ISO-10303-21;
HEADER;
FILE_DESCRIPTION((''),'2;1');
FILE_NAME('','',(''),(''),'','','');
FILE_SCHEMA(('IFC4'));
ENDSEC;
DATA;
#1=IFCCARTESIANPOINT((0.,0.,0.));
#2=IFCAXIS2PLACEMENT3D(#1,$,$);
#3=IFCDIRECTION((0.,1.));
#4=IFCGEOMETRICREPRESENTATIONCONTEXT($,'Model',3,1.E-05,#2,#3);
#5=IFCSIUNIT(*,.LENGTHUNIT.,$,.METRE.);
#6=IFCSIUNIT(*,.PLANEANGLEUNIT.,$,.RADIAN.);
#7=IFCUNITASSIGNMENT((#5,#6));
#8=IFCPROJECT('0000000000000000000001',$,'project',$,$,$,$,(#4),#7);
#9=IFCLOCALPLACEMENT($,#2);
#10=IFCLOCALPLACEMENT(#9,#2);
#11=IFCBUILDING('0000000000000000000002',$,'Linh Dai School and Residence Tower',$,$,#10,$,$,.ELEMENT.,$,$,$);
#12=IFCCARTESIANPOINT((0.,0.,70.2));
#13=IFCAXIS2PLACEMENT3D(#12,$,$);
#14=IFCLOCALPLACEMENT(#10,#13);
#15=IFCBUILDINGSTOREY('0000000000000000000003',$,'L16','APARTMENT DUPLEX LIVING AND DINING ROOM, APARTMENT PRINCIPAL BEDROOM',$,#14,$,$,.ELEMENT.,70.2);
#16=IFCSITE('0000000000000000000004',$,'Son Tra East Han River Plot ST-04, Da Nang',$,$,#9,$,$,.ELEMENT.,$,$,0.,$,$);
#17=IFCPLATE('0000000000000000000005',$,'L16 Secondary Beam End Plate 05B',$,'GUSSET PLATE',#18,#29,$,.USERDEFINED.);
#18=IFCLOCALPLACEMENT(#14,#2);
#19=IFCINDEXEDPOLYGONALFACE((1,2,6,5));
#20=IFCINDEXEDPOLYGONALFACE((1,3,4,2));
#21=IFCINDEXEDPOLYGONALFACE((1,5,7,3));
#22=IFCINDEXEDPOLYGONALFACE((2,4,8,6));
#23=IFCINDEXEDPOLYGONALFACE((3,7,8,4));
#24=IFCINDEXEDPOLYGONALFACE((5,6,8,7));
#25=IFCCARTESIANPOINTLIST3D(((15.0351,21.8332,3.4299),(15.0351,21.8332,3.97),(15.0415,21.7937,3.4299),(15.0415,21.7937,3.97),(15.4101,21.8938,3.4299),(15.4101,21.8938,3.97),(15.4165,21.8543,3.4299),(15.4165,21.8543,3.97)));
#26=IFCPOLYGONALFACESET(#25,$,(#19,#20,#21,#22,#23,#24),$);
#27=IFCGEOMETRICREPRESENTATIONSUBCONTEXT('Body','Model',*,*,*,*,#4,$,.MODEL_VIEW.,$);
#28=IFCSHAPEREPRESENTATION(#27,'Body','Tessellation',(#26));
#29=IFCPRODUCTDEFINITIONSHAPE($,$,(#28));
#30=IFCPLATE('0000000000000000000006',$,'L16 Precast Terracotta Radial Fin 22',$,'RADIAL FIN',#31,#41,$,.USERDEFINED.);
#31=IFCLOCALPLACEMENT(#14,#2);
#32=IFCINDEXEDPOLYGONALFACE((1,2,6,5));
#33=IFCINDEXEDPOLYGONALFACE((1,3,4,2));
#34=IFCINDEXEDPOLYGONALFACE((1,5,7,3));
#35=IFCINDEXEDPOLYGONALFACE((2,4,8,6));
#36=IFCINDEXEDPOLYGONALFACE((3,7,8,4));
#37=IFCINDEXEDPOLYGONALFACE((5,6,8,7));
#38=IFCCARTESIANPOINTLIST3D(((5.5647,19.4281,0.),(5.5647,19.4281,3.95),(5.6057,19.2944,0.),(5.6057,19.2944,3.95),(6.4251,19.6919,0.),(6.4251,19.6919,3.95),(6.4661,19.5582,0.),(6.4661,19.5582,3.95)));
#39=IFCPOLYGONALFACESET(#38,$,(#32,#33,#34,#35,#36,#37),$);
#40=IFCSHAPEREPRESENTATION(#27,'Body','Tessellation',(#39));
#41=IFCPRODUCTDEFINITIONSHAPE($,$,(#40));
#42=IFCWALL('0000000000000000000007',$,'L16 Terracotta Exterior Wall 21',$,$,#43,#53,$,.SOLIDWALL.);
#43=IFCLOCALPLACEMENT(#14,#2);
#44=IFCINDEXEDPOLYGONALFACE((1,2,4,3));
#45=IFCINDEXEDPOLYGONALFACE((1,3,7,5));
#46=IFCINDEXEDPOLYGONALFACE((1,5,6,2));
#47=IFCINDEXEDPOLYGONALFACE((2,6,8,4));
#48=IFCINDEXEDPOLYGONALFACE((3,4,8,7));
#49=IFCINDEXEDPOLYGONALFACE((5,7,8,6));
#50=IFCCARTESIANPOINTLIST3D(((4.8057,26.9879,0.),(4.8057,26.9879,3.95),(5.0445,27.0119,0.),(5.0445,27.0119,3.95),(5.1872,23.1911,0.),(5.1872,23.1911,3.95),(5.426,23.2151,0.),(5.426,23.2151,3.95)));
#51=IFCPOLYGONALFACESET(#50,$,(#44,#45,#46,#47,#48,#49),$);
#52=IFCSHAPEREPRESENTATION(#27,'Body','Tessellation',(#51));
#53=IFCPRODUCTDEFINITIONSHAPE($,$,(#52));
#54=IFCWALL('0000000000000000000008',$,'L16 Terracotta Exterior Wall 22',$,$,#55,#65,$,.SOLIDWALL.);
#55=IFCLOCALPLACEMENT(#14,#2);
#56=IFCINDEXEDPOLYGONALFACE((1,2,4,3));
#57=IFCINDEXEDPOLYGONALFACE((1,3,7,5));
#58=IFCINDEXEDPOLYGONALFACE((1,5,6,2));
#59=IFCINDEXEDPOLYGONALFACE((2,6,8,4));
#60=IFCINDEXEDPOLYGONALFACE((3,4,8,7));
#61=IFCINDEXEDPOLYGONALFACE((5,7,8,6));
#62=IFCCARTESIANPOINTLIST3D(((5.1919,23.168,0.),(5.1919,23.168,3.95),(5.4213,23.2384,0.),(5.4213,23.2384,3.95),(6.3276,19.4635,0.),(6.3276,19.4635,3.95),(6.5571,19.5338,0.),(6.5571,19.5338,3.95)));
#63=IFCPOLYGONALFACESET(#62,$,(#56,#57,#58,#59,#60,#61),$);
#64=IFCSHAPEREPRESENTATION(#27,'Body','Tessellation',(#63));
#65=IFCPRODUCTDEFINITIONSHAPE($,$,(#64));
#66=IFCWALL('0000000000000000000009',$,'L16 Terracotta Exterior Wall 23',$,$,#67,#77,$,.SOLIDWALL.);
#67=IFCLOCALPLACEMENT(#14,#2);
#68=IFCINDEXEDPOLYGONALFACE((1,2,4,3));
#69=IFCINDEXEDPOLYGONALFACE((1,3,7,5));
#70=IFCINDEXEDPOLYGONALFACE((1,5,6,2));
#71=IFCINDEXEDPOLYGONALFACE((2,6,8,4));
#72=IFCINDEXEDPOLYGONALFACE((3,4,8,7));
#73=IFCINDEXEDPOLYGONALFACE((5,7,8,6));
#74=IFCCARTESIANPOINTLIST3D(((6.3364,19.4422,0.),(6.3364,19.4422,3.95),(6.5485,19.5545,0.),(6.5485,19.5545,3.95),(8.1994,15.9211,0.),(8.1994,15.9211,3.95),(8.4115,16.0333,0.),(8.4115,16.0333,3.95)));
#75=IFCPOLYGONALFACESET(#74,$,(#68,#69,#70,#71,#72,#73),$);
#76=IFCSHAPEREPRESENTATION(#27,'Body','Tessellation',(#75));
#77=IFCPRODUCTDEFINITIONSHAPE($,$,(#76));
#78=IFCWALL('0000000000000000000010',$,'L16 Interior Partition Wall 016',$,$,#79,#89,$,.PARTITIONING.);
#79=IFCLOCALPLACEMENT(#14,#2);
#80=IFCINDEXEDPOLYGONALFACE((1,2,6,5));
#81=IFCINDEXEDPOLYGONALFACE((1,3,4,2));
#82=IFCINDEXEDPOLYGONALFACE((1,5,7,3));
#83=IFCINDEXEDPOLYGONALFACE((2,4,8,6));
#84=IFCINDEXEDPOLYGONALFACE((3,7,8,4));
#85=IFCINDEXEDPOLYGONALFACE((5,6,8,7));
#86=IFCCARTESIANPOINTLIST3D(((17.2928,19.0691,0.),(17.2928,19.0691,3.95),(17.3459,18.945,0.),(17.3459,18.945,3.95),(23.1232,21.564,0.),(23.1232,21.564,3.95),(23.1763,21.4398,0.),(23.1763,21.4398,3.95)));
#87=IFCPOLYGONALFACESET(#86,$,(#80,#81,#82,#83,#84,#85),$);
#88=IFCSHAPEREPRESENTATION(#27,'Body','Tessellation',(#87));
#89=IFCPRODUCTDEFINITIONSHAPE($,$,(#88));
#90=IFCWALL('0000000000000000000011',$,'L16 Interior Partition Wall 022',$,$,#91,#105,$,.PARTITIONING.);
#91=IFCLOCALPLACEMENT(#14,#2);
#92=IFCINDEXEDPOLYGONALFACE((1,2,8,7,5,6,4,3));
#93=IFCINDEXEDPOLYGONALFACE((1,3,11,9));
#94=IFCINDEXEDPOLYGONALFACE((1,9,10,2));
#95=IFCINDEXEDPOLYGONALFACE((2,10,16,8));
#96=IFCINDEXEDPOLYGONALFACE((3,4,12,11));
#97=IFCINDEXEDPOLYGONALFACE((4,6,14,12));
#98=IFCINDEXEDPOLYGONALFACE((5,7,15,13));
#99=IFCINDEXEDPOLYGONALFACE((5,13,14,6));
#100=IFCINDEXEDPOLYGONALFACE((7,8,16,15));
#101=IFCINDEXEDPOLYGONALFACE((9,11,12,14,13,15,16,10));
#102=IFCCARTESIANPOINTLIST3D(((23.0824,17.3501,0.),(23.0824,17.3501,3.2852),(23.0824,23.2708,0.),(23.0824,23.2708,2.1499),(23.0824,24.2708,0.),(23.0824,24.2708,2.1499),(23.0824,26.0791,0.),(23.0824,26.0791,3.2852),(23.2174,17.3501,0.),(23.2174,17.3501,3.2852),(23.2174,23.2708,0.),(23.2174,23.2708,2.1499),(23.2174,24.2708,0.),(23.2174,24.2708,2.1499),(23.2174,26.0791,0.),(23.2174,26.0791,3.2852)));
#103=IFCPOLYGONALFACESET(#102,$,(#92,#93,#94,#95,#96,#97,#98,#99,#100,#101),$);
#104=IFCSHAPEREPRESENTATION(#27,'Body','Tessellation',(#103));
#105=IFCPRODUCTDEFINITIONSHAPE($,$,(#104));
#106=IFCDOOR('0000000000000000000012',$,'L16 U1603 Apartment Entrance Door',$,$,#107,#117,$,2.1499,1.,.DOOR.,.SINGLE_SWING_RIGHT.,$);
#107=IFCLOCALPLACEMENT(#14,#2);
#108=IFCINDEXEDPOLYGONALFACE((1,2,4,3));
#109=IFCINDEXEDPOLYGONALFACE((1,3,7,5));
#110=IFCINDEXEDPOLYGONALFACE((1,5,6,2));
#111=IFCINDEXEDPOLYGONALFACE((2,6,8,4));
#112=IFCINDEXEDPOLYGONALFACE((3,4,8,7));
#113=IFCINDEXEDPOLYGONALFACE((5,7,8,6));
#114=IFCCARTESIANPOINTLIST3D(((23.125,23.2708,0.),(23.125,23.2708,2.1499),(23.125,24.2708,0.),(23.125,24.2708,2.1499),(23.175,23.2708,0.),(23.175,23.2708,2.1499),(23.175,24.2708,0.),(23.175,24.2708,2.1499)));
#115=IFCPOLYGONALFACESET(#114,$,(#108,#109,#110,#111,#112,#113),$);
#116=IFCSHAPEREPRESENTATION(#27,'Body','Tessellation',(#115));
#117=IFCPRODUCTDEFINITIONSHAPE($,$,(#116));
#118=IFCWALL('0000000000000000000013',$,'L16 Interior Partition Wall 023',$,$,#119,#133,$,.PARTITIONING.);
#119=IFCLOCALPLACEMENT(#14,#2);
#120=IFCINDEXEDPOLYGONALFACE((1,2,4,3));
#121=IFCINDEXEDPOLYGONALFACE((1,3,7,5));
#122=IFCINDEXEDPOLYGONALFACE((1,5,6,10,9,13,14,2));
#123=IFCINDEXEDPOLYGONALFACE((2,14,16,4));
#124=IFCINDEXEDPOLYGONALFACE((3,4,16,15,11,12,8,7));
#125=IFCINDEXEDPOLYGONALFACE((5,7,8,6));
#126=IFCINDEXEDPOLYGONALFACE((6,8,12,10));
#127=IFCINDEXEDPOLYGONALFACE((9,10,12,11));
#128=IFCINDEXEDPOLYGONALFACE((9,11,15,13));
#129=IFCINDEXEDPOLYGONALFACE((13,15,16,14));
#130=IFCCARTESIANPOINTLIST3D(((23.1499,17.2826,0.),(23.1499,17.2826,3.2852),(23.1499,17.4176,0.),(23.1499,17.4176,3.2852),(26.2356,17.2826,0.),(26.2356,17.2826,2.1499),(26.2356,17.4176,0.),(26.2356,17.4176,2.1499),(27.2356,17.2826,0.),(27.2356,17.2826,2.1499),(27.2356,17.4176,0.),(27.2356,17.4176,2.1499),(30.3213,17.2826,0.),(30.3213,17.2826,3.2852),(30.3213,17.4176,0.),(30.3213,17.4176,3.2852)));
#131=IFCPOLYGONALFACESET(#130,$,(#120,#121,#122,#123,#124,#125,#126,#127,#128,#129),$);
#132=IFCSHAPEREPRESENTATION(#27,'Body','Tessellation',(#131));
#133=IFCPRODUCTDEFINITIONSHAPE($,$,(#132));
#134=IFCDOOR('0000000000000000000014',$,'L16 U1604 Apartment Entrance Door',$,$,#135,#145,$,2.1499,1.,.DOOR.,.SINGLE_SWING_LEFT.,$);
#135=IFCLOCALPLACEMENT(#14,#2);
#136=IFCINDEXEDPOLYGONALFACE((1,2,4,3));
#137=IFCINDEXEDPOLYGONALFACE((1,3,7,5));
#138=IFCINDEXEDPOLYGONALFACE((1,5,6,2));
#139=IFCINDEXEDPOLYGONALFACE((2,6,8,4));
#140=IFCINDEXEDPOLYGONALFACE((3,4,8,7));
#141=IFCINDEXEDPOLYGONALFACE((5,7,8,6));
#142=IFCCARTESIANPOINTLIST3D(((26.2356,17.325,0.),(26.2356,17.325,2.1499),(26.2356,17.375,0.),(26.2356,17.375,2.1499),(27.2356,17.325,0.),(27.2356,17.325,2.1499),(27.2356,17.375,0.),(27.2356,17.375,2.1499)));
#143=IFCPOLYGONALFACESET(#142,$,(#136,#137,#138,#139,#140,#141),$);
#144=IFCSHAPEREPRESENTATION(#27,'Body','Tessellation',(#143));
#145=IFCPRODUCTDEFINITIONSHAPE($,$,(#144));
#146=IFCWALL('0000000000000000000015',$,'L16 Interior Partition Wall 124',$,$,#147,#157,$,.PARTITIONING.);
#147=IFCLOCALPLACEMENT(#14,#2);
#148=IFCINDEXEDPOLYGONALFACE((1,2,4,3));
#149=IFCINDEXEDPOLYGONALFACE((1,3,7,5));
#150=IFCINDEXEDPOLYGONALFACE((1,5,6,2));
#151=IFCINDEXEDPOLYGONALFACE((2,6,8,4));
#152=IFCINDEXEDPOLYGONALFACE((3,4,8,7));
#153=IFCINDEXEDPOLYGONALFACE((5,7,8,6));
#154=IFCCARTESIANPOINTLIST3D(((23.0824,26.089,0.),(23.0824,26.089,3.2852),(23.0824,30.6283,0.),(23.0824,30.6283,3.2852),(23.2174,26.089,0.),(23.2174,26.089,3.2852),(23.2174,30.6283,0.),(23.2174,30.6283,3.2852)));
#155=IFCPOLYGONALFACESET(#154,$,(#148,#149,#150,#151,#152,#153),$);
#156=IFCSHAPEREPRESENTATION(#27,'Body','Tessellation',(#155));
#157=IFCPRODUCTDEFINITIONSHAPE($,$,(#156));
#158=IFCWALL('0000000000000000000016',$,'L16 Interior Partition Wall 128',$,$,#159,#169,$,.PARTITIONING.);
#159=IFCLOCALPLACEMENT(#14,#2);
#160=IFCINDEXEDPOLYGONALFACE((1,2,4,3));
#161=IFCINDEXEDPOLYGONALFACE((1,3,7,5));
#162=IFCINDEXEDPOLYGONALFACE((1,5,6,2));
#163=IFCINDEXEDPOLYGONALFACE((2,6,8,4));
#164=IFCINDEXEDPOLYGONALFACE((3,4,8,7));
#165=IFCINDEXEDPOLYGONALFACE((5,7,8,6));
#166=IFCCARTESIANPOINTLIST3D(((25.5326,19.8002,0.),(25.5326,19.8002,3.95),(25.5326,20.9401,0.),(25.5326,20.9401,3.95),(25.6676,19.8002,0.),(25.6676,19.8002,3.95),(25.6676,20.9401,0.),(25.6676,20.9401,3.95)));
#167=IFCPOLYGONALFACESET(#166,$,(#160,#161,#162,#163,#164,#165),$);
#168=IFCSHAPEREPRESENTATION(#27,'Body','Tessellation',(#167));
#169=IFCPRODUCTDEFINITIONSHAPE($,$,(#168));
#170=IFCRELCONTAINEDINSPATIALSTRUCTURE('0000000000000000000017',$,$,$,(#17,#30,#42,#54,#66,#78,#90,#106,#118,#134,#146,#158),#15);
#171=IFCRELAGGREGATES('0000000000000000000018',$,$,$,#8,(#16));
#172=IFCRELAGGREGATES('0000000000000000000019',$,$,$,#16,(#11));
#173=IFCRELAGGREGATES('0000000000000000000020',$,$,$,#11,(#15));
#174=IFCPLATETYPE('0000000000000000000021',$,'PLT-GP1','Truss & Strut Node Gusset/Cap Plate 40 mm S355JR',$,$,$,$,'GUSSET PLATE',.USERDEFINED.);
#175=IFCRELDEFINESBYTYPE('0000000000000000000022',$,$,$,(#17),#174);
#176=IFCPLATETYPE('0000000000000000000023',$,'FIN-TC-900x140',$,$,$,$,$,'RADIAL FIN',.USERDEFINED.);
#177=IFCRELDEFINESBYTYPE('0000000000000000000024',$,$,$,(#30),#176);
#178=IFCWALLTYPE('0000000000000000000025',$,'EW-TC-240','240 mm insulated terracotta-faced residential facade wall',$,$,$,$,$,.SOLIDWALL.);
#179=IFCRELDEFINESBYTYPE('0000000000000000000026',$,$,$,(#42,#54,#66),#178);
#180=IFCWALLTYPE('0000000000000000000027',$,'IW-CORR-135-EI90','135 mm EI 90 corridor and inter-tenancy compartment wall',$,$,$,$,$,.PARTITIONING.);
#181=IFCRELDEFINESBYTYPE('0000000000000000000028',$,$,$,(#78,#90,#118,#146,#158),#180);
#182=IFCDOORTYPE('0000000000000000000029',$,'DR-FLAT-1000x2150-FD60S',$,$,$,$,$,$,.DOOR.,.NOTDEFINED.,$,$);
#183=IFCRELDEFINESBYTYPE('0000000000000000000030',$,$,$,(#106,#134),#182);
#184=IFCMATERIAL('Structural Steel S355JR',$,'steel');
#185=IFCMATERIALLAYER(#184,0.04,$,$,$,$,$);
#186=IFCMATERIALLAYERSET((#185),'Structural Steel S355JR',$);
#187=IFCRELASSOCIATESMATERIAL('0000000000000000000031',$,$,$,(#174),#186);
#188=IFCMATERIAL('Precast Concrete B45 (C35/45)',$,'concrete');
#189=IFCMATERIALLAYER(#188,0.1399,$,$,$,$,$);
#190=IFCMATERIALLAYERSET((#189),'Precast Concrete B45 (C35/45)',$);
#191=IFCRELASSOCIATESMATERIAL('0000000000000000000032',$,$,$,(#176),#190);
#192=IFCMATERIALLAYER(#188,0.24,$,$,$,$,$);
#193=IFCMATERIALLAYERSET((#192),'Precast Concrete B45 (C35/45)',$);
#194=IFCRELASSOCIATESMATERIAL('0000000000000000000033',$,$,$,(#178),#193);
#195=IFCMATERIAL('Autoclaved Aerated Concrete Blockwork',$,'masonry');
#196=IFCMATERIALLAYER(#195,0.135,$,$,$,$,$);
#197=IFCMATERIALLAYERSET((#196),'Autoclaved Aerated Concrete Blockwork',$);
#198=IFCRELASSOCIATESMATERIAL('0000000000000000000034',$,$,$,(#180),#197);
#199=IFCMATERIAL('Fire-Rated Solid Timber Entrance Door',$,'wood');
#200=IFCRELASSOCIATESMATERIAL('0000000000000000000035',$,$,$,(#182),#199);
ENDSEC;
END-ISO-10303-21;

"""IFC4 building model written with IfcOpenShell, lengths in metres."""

from ifc_helpers import new_model, si_unit, direction, frame, frame_2d, origin, origin_2d, place, context, subcontext, project, spatial, rectangle, extrude, source, transform, mapped, material, layer, layer_set, type_object, element, fill, save


model = new_model("IFC4")

# Units and contexts
model_context = context("Model", 3, precision=1e-05, world=origin(), true_north=direction((0.0, 1.0)))
body_context = subcontext(model_context, "Body", "Model", "MODEL_VIEW")
ifc_project = project(units=[si_unit("LENGTHUNIT", "METRE"), si_unit("PLANEANGLEUNIT", "RADIAN")], contexts=[model_context])

# Site, building, storey
site_placement = place(None, origin())
site = spatial("IfcSite", under=ifc_project, at=site_placement, Name="Son Tra East Han River Plot ST-04, Da Nang", CompositionType="ELEMENT", RefElevation=0.0)
building_placement = place(site_placement, origin())
building = spatial("IfcBuilding", under=site, at=building_placement, Name="Linh Dai School and Residence Tower", CompositionType="ELEMENT")
storey_placement = place(building_placement, frame((0.0, 0.0, 70.2)))
storey = spatial("IfcBuildingStorey", under=building, at=storey_placement, Name="L16", Description="APARTMENT DUPLEX LIVING AND DINING ROOM, APARTMENT PRINCIPAL BEDROOM", CompositionType="ELEMENT", Elevation=70.2)

# Shared definitions
ifc_material_1 = material(Name="Structural Steel S355JR", Category="steel")

# Plates
ifc_layer_1 = layer(ifc_material_1, 0.04)
ifc_layer_set_1 = layer_set([ifc_layer_1], Name="Structural Steel S355JR")
plate_type_1 = type_object("IfcPlateType", Name="PLT-GP1", Description="Truss & Strut Node Gusset/Cap Plate 40 mm S355JR", ElementType="GUSSET PLATE", PredefinedType="USERDEFINED", material=ifc_layer_set_1)
shared_shape_1 = source(origin(), body_context, "Body", "SweptSolid", [
    extrude(rectangle(XDim=0.04, YDim=0.3799, at=origin_2d()), origin(), (0.0, 0.0, 1.0), 0.54),
])
plate_1_placement = place(storey_placement, frame((15.2258, 21.8438, 3.4299), z_axis=(0.0, 0.0, 1.0), x_axis=(0.159659, -0.987172, 0.0)))
element("IfcPlate", 1, at=plate_1_placement, inside=storey, type_object=plate_type_1, Name="L16 Secondary Beam End Plate 05B", ObjectType="GUSSET PLATE", PredefinedType="USERDEFINED", context=body_context, shape_type="MappedRepresentation", body=[
    mapped(shared_shape_1, transform((0.0, 0.0, 0.0), x_axis=(1.0, 0.0, 0.0), y_axis=(0.0, 1.0, 0.0), z_axis=(0.0, 0.0, 1.0), scale=1.0)),
])
ifc_material_2 = material(Name="Precast Concrete B45 (C35/45)", Category="concrete")
ifc_layer_2 = layer(ifc_material_2, 0.1399)
ifc_layer_set_2 = layer_set([ifc_layer_2], Name="Precast Concrete B45 (C35/45)")
plate_type_2 = type_object("IfcPlateType", Name="FIN-TC-900x140", ElementType="RADIAL FIN", PredefinedType="USERDEFINED", material=ifc_layer_set_2)
shared_shape_2 = source(origin(), body_context, "Body", "SweptSolid", [
    extrude(rectangle(XDim=0.8999, YDim=0.1399, at=origin_2d()), origin(), (0.0, 0.0, 1.0), 3.95),
])
plate_2_placement = place(storey_placement, frame((6.0154, 19.4932, 0.0), z_axis=(0.0, 0.0, 1.0), x_axis=(-0.956068, -0.293146, 0.0)))
element("IfcPlate", 2, at=plate_2_placement, inside=storey, type_object=plate_type_2, Name="L16 Precast Terracotta Radial Fin 22", ObjectType="RADIAL FIN", PredefinedType="USERDEFINED", context=body_context, shape_type="MappedRepresentation", body=[
    mapped(shared_shape_2, transform((0.0, 0.0, 0.0), x_axis=(1.0, 0.0, 0.0), y_axis=(0.0, 1.0, 0.0), z_axis=(0.0, 0.0, 1.0), scale=1.0)),
])

# Walls
ifc_layer_3 = layer(ifc_material_2, 0.24)
ifc_layer_set_3 = layer_set([ifc_layer_3], Name="Precast Concrete B45 (C35/45)")
wall_type_1 = type_object("IfcWallType", Name="EW-TC-240", Description="240 mm insulated terracotta-faced residential facade wall", PredefinedType="SOLIDWALL", material=ifc_layer_set_3)
wall_1_placement = place(storey_placement, frame((5.3066, 23.2031, 0.0), z_axis=(0.0, 0.0, 1.0), x_axis=(-0.099998, 0.994988, 0.0)))
element("IfcWall", 3, at=wall_1_placement, inside=storey, type_object=wall_type_1, Name="L16 Terracotta Exterior Wall 21", PredefinedType="SOLIDWALL", context=body_context, shape_type="SweptSolid", body=[
    extrude(rectangle(XDim=3.8159, YDim=0.24, at=frame_2d((1.908, 0.0))), origin(), (0.0, 0.0, 1.0), 3.95),
])
wall_2_placement = place(storey_placement, frame((6.4424, 19.4985, 0.0), z_axis=(0.0, 0.0, 1.0), x_axis=(-0.293112, 0.956078, 0.0)))
element("IfcWall", 4, at=wall_2_placement, inside=storey, type_object=wall_type_1, Name="L16 Terracotta Exterior Wall 22", PredefinedType="SOLIDWALL", context=body_context, shape_type="SweptSolid", body=[
    extrude(rectangle(XDim=3.8748, YDim=0.24, at=frame_2d((1.9375, 0.0))), origin(), (0.0, 0.0, 1.0), 3.95),
])
wall_3_placement = place(storey_placement, frame((8.3054, 15.9773, 0.0), z_axis=(0.0, 0.0, 1.0), x_axis=(-0.467662, 0.883907, 0.0)))
element("IfcWall", 5, at=wall_3_placement, inside=storey, type_object=wall_type_1, Name="L16 Terracotta Exterior Wall 23", PredefinedType="SOLIDWALL", context=body_context, shape_type="SweptSolid", body=[
    extrude(rectangle(XDim=3.9836, YDim=0.24, at=frame_2d((1.9917, 0.0))), origin(), (0.0, 0.0, 1.0), 3.95),
])
ifc_material_3 = material(Name="Autoclaved Aerated Concrete Blockwork", Category="masonry")
ifc_layer_4 = layer(ifc_material_3, 0.135)
ifc_layer_set_4 = layer_set([ifc_layer_4], Name="Autoclaved Aerated Concrete Blockwork")
wall_type_2 = type_object("IfcWallType", Name="IW-CORR-135-EI90", Description="135 mm EI 90 corridor and inter-tenancy compartment wall", PredefinedType="PARTITIONING", material=ifc_layer_set_4)
wall_4_placement = place(storey_placement, frame((17.3193, 19.0071, 0.0), z_axis=(0.0, 0.0, 1.0), x_axis=(0.91937, 0.393394, 0.0)))
element("IfcWall", 6, at=wall_4_placement, inside=storey, type_object=wall_type_2, Name="L16 Interior Partition Wall 016", PredefinedType="PARTITIONING", context=body_context, shape_type="SweptSolid", body=[
    extrude(rectangle(XDim=6.3418, YDim=0.135, at=frame_2d((3.1709, 0.0))), origin(), (0.0, 0.0, 1.0), 3.95),
])

# Walls, openings, doors
wall_5_placement = place(storey_placement, frame((23.1499, 17.3501, 0.0), z_axis=(0.0, 0.0, 1.0), x_axis=(0.0, 1.0, 0.0)))
wall_5 = element("IfcWall", 7, at=wall_5_placement, inside=storey, type_object=wall_type_2, Name="L16 Interior Partition Wall 022", PredefinedType="PARTITIONING", context=body_context, shape_type="SweptSolid", body=[
    extrude(rectangle(XDim=8.729, YDim=0.135, at=frame_2d((4.3645, 0.0))), origin(), (0.0, 0.0, 1.0), 3.2852),
])
opening_1_placement = place(wall_5_placement, frame((5.9207, 0.0, 0.0)))
opening_1 = element("IfcOpeningElement", 8, at=opening_1_placement, cuts=wall_5, PredefinedType="OPENING", context=body_context, shape_type="SweptSolid", body=[
    extrude(rectangle(XDim=1.0, YDim=2.1499, at=origin_2d()), frame((0.5, 0.0776, 1.075), z_axis=(0.0, -1.0, 0.0), x_axis=(1.0, 0.0, 0.0)), (0.0, 0.0, 1.0), 0.155),
])
ifc_material_4 = material(Name="Fire-Rated Solid Timber Entrance Door", Category="wood")
door_type_1 = type_object("IfcDoorType", Name="DR-FLAT-1000x2150-FD60S", OperationType="NOTDEFINED", PredefinedType="DOOR", material=ifc_material_4)
shared_shape_3 = source(origin(), body_context, "Body", "SweptSolid", [
    extrude(rectangle(XDim=1.0, YDim=2.1499, at=origin_2d()), frame((0.5, 0.0249, 1.075), z_axis=(0.0, -1.0, 0.0), x_axis=(1.0, 0.0, 0.0)), (0.0, 0.0, 1.0), 0.05),
])
door_1_placement = place(opening_1_placement, origin())
door_1 = element("IfcDoor", 9, at=door_1_placement, inside=storey, type_object=door_type_1, Name="L16 U1603 Apartment Entrance Door", OperationType="SINGLE_SWING_RIGHT", OverallHeight=2.1499, OverallWidth=1.0, PredefinedType="DOOR", context=body_context, shape_type="MappedRepresentation", body=[
    mapped(shared_shape_3, transform((0.0, 0.0, 0.0), x_axis=(1.0, 0.0, 0.0), y_axis=(0.0, 1.0, 0.0), z_axis=(0.0, 0.0, 1.0), scale=1.0)),
])
fill(opening_1, door_1)
wall_6_placement = place(storey_placement, frame((23.1499, 17.3501, 0.0), z_axis=(0.0, 0.0, 1.0), x_axis=(1.0, 0.0, 0.0)))
wall_6 = element("IfcWall", 10, at=wall_6_placement, inside=storey, type_object=wall_type_2, Name="L16 Interior Partition Wall 023", PredefinedType="PARTITIONING", context=body_context, shape_type="SweptSolid", body=[
    extrude(rectangle(XDim=7.1714, YDim=0.135, at=frame_2d((3.5857, 0.0))), origin(), (0.0, 0.0, 1.0), 3.2852),
])
opening_2_placement = place(wall_6_placement, frame((3.0857, 0.0, 0.0)))
opening_2 = element("IfcOpeningElement", 11, at=opening_2_placement, cuts=wall_6, PredefinedType="OPENING", context=body_context, shape_type="SweptSolid", body=[
    extrude(rectangle(XDim=1.0, YDim=2.1499, at=origin_2d()), frame((0.5, 0.0776, 1.075), z_axis=(0.0, -1.0, 0.0), x_axis=(1.0, 0.0, 0.0)), (0.0, 0.0, 1.0), 0.155),
])
door_2_placement = place(opening_2_placement, origin())
door_2 = element("IfcDoor", 12, at=door_2_placement, inside=storey, type_object=door_type_1, Name="L16 U1604 Apartment Entrance Door", OperationType="SINGLE_SWING_LEFT", OverallHeight=2.1499, OverallWidth=1.0, PredefinedType="DOOR", context=body_context, shape_type="MappedRepresentation", body=[
    mapped(shared_shape_3, transform((0.0, 0.0, 0.0), x_axis=(1.0, 0.0, 0.0), y_axis=(0.0, 1.0, 0.0), z_axis=(0.0, 0.0, 1.0), scale=1.0)),
])
fill(opening_2, door_2)

# Walls
wall_7_placement = place(storey_placement, frame((23.1499, 26.0891, 0.0), z_axis=(0.0, 0.0, 1.0), x_axis=(0.0, 1.0, 0.0)))
element("IfcWall", 13, at=wall_7_placement, inside=storey, type_object=wall_type_2, Name="L16 Interior Partition Wall 124", PredefinedType="PARTITIONING", context=body_context, shape_type="SweptSolid", body=[
    extrude(rectangle(XDim=4.5393, YDim=0.135, at=frame_2d((2.2695, 0.0))), origin(), (0.0, 0.0, 1.0), 3.2852),
])
wall_8_placement = place(storey_placement, frame((25.6001, 20.9399, 0.0), z_axis=(0.0, 0.0, 1.0), x_axis=(0.0, -1.0, 0.0)))
element("IfcWall", 14, at=wall_8_placement, inside=storey, type_object=wall_type_2, Name="L16 Interior Partition Wall 128", PredefinedType="PARTITIONING", context=body_context, shape_type="SweptSolid", body=[
    extrude(rectangle(XDim=1.1399, YDim=0.135, at=frame_2d((0.5698, 0.0))), origin(), (0.0, 0.0, 1.0), 3.95),
])

save(model, "model.ifc")
